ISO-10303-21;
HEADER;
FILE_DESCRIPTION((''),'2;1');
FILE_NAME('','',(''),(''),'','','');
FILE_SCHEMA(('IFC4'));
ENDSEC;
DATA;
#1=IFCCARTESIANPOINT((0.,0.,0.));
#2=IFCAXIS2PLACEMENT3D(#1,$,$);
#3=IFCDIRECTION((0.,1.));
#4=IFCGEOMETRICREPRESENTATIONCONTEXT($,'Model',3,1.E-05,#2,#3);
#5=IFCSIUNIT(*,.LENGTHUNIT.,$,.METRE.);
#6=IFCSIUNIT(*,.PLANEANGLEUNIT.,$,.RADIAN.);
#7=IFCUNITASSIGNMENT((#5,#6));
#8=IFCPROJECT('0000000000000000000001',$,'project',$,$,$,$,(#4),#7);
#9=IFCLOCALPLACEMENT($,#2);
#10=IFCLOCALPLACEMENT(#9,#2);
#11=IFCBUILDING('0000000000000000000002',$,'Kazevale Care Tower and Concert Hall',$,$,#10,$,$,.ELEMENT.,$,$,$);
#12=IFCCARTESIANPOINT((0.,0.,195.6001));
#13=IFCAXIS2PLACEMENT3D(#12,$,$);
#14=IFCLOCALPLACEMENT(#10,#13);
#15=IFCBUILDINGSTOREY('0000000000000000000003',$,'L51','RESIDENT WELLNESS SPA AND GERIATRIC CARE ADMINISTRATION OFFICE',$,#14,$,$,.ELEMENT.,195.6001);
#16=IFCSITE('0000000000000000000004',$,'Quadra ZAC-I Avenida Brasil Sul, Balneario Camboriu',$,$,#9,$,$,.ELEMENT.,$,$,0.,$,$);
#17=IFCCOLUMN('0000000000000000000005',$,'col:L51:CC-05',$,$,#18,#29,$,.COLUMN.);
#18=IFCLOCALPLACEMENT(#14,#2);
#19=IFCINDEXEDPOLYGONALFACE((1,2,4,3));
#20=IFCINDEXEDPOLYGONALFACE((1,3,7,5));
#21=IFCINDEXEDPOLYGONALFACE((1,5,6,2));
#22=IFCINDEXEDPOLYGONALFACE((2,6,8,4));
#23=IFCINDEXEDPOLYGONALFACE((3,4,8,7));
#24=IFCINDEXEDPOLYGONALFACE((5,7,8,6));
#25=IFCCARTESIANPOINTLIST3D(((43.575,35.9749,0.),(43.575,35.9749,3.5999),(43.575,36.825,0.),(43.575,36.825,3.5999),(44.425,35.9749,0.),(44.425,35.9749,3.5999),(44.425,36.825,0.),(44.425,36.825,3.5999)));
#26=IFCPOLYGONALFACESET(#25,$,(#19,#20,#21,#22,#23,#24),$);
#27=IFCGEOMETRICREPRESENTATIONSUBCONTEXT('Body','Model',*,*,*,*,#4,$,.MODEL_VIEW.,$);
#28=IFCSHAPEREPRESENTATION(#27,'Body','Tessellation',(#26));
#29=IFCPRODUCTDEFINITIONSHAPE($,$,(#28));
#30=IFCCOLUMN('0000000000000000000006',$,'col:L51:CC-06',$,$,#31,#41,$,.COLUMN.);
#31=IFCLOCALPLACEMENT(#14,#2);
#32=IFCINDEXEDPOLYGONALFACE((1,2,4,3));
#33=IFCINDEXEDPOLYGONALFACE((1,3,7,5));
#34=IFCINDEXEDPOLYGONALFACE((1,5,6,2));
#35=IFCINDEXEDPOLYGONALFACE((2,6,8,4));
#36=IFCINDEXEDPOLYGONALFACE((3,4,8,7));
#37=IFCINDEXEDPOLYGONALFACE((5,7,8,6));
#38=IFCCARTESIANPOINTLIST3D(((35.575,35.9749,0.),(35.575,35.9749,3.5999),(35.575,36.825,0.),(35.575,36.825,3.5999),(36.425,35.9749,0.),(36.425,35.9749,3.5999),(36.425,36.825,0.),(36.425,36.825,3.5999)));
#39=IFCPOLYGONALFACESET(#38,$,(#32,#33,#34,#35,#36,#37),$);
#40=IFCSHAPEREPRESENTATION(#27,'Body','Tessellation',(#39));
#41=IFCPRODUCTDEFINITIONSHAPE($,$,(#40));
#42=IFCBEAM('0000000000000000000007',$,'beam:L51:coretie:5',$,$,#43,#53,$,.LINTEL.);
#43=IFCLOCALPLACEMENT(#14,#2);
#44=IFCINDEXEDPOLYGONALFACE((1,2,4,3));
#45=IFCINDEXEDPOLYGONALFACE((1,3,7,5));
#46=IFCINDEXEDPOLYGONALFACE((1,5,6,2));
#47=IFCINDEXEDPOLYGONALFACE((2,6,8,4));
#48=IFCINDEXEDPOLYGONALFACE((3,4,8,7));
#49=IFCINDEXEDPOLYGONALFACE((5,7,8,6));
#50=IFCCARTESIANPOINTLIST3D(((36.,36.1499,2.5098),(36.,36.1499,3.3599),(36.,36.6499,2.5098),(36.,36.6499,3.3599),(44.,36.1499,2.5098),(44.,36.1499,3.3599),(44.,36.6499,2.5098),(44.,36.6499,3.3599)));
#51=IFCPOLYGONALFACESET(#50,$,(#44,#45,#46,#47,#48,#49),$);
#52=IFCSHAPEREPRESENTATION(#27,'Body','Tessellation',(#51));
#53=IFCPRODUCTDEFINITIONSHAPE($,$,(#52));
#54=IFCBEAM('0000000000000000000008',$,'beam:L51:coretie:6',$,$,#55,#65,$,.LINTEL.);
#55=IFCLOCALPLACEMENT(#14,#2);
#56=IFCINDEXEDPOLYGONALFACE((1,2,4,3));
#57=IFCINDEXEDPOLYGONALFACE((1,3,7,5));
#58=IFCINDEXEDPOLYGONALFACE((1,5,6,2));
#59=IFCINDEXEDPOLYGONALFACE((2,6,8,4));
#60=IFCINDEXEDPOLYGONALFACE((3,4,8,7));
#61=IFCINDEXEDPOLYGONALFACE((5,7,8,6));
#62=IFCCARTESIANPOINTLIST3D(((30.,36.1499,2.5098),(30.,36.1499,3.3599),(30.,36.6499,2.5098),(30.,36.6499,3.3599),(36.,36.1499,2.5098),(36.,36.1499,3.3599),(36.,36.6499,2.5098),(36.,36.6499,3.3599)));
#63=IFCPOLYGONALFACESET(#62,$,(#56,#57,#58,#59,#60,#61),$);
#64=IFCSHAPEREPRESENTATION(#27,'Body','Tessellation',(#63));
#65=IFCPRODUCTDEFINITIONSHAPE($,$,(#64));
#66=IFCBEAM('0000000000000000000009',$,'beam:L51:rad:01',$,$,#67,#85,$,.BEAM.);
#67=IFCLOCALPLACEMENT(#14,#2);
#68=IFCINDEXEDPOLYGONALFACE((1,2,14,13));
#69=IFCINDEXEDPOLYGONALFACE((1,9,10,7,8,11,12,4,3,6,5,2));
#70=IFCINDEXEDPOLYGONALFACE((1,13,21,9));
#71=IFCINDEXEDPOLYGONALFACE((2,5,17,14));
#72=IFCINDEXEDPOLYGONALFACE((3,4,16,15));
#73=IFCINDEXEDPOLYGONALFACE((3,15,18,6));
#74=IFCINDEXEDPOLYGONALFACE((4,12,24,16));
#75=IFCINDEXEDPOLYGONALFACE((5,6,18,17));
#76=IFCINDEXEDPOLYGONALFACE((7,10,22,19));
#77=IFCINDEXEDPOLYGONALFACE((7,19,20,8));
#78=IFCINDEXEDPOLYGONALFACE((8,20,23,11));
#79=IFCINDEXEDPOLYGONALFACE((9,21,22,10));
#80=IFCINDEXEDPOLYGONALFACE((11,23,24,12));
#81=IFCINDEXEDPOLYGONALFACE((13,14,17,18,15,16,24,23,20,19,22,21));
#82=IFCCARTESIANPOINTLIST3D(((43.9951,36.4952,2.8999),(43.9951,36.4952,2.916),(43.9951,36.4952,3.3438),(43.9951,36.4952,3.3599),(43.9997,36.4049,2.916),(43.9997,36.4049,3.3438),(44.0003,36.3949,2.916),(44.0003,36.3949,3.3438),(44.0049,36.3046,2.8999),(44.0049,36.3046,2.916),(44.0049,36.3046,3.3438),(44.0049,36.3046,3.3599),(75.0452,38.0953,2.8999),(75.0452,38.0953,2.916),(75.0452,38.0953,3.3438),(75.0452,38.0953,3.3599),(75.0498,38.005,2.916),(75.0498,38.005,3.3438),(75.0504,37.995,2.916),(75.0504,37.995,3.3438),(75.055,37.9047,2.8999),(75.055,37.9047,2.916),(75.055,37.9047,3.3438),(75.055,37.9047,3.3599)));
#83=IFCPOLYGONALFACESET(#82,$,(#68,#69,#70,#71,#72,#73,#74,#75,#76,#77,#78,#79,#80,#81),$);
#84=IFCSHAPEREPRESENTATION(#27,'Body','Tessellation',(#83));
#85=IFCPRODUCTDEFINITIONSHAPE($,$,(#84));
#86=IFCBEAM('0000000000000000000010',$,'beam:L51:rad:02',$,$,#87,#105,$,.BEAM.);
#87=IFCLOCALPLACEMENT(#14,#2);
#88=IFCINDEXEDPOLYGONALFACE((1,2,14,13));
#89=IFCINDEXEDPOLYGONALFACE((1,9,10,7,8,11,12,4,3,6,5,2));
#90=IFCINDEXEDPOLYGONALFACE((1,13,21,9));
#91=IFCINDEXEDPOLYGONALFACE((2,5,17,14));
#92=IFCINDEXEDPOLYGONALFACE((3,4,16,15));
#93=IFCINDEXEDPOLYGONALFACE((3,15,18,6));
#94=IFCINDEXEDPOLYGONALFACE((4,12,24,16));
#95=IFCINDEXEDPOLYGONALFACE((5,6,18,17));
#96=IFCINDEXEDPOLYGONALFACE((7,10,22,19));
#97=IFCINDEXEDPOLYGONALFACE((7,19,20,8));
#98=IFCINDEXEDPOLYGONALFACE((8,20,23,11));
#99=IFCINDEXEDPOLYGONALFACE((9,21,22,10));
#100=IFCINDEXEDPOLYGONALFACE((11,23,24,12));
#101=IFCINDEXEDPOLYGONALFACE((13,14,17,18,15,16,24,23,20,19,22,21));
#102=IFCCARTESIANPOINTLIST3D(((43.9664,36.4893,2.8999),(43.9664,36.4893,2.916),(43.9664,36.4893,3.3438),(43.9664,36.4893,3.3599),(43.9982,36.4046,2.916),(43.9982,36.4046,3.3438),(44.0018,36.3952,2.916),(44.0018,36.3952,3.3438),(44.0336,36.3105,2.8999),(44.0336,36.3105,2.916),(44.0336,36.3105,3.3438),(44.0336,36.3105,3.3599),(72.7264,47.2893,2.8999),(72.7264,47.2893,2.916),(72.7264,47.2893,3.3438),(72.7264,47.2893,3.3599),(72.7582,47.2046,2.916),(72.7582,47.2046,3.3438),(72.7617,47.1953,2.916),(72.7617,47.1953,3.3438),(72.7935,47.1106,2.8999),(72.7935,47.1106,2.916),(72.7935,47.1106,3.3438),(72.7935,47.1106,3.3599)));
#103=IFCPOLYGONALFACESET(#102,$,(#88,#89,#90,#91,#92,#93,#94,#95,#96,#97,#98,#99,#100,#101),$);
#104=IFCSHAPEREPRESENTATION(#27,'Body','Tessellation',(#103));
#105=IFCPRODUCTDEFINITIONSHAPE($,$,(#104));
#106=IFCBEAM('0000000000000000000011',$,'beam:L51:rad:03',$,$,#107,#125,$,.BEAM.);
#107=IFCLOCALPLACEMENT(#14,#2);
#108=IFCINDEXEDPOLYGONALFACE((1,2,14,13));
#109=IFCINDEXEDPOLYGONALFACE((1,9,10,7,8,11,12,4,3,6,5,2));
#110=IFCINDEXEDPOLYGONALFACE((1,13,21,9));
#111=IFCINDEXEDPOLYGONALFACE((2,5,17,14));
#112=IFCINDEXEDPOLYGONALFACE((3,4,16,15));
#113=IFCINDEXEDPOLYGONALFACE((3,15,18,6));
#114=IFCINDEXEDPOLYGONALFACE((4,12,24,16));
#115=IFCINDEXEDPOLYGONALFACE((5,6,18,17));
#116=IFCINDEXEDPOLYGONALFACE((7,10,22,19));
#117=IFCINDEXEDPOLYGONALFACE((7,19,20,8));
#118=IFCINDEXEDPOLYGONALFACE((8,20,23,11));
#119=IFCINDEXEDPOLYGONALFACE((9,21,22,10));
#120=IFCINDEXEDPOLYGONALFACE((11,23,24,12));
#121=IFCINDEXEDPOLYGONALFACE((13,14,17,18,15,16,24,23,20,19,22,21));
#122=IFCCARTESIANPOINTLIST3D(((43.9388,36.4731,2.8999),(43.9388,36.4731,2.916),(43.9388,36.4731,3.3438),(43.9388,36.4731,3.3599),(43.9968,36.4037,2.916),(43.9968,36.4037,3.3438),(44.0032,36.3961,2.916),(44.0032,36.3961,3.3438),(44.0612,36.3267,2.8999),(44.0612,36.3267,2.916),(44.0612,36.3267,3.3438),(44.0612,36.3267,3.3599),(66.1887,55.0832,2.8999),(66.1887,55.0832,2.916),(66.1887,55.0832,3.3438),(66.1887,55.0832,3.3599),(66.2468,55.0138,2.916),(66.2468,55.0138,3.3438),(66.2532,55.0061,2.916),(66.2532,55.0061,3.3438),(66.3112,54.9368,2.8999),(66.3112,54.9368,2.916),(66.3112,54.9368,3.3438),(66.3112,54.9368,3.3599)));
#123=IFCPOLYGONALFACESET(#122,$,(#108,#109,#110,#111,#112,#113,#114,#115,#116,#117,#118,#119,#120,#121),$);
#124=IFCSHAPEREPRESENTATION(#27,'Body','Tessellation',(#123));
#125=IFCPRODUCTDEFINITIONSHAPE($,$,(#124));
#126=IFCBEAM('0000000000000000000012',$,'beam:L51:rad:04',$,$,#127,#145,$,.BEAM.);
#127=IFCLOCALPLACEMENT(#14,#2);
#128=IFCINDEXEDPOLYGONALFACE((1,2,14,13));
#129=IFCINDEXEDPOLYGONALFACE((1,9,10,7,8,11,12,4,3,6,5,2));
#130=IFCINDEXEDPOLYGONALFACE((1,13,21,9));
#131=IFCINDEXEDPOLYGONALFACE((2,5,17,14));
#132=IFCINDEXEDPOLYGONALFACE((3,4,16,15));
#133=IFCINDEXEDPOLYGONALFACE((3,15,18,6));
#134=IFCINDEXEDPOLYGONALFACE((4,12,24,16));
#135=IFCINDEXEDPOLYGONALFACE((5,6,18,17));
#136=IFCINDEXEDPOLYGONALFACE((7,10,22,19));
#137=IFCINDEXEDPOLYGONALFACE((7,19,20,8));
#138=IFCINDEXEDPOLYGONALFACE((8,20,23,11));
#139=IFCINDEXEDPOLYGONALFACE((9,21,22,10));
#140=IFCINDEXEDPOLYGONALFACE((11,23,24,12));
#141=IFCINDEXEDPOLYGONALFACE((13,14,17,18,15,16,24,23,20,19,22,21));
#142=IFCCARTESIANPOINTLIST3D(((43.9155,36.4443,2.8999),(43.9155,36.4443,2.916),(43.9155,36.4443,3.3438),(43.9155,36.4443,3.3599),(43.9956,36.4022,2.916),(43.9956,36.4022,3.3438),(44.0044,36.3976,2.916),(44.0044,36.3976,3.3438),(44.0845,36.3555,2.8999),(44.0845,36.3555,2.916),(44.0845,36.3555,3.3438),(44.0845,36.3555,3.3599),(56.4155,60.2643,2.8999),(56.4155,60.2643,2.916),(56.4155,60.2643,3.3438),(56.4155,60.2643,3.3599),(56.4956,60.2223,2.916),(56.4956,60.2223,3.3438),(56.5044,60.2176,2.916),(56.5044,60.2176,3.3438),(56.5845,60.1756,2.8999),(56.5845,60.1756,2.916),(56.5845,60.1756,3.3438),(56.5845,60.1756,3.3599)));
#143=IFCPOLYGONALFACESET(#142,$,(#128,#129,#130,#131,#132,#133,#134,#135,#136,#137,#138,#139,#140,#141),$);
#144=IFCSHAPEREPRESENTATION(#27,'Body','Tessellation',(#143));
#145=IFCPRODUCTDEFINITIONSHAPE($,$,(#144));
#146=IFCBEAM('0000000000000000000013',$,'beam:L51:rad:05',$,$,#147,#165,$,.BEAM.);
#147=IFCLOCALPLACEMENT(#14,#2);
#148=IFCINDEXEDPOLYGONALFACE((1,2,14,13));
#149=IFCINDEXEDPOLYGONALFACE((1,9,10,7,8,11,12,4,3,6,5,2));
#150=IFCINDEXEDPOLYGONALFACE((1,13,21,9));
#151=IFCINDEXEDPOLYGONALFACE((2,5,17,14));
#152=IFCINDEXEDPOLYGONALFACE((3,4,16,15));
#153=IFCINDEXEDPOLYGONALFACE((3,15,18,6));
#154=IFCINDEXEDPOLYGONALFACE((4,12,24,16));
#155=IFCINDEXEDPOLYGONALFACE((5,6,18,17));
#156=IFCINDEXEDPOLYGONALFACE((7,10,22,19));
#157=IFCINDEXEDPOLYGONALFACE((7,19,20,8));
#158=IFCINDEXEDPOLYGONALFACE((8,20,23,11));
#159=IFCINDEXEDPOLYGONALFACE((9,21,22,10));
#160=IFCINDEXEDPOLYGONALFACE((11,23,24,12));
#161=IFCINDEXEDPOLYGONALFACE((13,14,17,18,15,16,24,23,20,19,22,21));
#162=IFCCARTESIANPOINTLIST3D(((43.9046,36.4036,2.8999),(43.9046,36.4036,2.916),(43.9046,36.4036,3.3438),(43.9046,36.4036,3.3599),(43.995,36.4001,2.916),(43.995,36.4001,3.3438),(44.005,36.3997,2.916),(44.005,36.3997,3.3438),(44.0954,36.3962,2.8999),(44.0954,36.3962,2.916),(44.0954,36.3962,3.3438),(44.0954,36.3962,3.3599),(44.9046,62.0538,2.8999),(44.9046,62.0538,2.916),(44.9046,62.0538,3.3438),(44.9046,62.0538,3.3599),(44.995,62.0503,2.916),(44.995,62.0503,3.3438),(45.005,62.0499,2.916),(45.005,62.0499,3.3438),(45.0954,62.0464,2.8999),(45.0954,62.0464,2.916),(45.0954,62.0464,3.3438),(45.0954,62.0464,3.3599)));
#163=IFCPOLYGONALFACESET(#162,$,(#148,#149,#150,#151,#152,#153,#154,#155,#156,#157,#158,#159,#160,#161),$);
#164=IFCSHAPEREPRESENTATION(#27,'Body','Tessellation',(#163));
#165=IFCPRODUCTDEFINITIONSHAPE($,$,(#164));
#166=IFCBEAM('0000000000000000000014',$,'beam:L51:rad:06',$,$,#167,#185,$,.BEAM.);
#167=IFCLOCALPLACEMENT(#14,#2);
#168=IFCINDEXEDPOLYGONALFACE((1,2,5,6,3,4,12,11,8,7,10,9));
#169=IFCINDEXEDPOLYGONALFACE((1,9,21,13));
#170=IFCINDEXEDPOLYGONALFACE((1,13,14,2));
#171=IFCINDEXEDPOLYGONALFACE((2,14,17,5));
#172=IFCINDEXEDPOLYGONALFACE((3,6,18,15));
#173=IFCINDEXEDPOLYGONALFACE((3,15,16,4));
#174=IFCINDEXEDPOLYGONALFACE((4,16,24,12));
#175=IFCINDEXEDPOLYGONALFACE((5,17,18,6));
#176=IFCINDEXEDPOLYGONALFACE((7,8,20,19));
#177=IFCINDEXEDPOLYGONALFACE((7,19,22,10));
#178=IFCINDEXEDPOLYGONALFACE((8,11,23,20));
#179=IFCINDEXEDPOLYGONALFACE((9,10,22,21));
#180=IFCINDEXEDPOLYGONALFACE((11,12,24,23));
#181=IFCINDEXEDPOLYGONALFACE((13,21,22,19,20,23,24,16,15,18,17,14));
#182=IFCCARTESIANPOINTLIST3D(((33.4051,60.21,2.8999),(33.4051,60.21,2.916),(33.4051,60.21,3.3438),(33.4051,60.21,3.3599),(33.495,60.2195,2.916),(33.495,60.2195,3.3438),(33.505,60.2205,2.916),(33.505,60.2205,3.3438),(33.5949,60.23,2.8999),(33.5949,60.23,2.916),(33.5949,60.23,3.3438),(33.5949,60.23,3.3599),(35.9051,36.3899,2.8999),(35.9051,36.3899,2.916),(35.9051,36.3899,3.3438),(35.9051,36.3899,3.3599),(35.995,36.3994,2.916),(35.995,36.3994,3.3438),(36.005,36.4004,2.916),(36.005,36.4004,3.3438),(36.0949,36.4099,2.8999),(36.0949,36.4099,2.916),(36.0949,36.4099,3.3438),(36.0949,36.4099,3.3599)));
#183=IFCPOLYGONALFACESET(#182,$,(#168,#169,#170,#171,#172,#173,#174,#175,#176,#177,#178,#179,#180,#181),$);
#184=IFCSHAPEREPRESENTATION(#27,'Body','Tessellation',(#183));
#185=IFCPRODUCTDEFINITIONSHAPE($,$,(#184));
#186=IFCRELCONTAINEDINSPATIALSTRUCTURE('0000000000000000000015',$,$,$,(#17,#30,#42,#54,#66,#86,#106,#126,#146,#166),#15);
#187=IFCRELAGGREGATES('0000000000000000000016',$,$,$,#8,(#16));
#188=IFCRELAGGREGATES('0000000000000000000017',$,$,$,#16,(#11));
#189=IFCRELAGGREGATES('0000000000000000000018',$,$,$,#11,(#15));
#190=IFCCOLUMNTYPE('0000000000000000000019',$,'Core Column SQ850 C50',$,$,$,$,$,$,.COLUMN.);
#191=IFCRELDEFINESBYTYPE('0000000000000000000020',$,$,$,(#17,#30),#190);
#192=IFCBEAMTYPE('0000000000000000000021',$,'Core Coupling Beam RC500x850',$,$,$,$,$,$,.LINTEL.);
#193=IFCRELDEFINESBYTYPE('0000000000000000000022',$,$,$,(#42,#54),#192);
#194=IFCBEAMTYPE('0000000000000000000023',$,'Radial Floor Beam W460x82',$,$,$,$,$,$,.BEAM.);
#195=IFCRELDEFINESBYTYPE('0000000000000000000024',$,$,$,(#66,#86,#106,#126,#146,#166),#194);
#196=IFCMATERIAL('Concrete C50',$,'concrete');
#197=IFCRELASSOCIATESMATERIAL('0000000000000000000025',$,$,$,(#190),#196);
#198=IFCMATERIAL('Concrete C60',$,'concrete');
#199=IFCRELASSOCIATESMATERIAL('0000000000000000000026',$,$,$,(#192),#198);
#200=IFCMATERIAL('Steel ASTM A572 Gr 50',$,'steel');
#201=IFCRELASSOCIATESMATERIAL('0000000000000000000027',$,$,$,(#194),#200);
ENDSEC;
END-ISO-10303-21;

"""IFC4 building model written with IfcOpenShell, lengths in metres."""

from ifc_helpers import new_model, si_unit, direction, frame, origin, origin_2d, place, context, subcontext, project, spatial, rectangle, i_section, extrude, material, material_profile, profile_set, type_object, element, save


model = new_model("IFC4")

# Units and contexts
model_context = context("Model", 3, precision=1e-05, world=origin(), true_north=direction((0.0, 1.0)))
body_context = subcontext(model_context, "Body", "Model", "MODEL_VIEW")
ifc_project = project(units=[si_unit("LENGTHUNIT", "METRE"), si_unit("PLANEANGLEUNIT", "RADIAN")], contexts=[model_context])

# Site, building, storey
site_placement = place(None, origin())
site = spatial("IfcSite", under=ifc_project, at=site_placement, Name="Quadra ZAC-I Avenida Brasil Sul, Balneario Camboriu", CompositionType="ELEMENT", RefElevation=0.0)
building_placement = place(site_placement, origin())
building = spatial("IfcBuilding", under=site, at=building_placement, Name="Kazevale Care Tower and Concert Hall", CompositionType="ELEMENT")
storey_placement = place(building_placement, frame((0.0, 0.0, 195.6001)))
storey = spatial("IfcBuildingStorey", under=building, at=storey_placement, Name="L51", Description="RESIDENT WELLNESS SPA AND GERIATRIC CARE ADMINISTRATION OFFICE", CompositionType="ELEMENT", Elevation=195.6001)

# Columns
ifc_material_1 = material(Name="Concrete C50", Category="concrete")
ifc_material_profile_1 = material_profile(ifc_material_1, rectangle(XDim=0.8501, YDim=0.8501, at=origin_2d()), Name="RC-SQ850")
ifc_profile_set_1 = profile_set([ifc_material_profile_1], Name="Concrete C50")
column_type = type_object("IfcColumnType", Name="Core Column SQ850 C50", PredefinedType="COLUMN", material=ifc_profile_set_1)
for number, where, z_axis, x_axis, name in (
    (1, (44.0, 36.3999, 0.0), (0.0, 0.0, 1.0), (1.0, 0.0, 0.0), "col:L51:CC-05"),
    (2, (36.0, 36.3999, 0.0), (0.0, 0.0, 1.0), (1.0, 0.0, 0.0), "col:L51:CC-06"),
):
    element("IfcColumn", number, at=place(storey_placement, frame(where, z_axis=z_axis, x_axis=x_axis)), inside=storey, type_object=column_type, Name=name, PredefinedType="COLUMN", context=body_context, shape_type="SweptSolid", body=[
        extrude(rectangle(XDim=0.8501, YDim=0.8501, at=origin_2d()), origin(), (0.0, 0.0, 1.0), 3.5999),
    ])

# Beams
ifc_material_2 = material(Name="Concrete C60", Category="concrete")
ifc_material_profile_2 = material_profile(ifc_material_2, rectangle(XDim=0.5, YDim=0.8501, at=origin_2d()), Name="RC-B500x850")
ifc_profile_set_2 = profile_set([ifc_material_profile_2], Name="Concrete C60")
beam_type_1 = type_object("IfcBeamType", Name="Core Coupling Beam RC500x850", PredefinedType="LINTEL", material=ifc_profile_set_2)
beam_1_placement = place(storey_placement, frame((44.0, 36.3999, 2.9348), z_axis=(-1.0, 0.0, 0.0), x_axis=(0.0, -1.0, 0.0)))
element("IfcBeam", 3, at=beam_1_placement, inside=storey, type_object=beam_type_1, Name="beam:L51:coretie:5", PredefinedType="LINTEL", context=body_context, shape_type="SweptSolid", body=[
    extrude(rectangle(XDim=0.5, YDim=0.8501, at=origin_2d()), origin(), (0.0, 0.0, 1.0), 8.0),
])
beam_2_placement = place(storey_placement, frame((36.0, 36.3999, 2.9348), z_axis=(-1.0, 0.0, 0.0), x_axis=(0.0, -1.0, 0.0)))
element("IfcBeam", 4, at=beam_2_placement, inside=storey, type_object=beam_type_1, Name="beam:L51:coretie:6", PredefinedType="LINTEL", context=body_context, shape_type="SweptSolid", body=[
    extrude(rectangle(XDim=0.5, YDim=0.8501, at=origin_2d()), origin(), (0.0, 0.0, 1.0), 6.0),
])
ifc_material_3 = material(Name="Steel ASTM A572 Gr 50", Category="steel")
ifc_material_profile_3 = material_profile(ifc_material_3, i_section(OverallWidth=0.1909, OverallDepth=0.46, WebThickness=0.01, FlangeThickness=0.0161, at=origin_2d()), Name="W460x82")
ifc_profile_set_3 = profile_set([ifc_material_profile_3], Name="Steel ASTM A572 Gr 50")
beam_type_2 = type_object("IfcBeamType", Name="Radial Floor Beam W460x82", PredefinedType="BEAM", material=ifc_profile_set_3)
beam_3_placement = place(storey_placement, frame((44.0, 36.3999, 3.1299), z_axis=(0.998675, 0.051465, 0.0), x_axis=(-0.051465, 0.998675, 0.0)))
element("IfcBeam", 5, at=beam_3_placement, inside=storey, type_object=beam_type_2, Name="beam:L51:rad:01", PredefinedType="BEAM", context=body_context, shape_type="SweptSolid", body=[
    extrude(i_section(OverallWidth=0.1909, OverallDepth=0.46, WebThickness=0.01, FlangeThickness=0.0161, at=origin_2d()), origin(), (0.0, 0.0, 1.0), 31.0913),
])
beam_4_placement = place(storey_placement, frame((44.0, 36.3999, 3.1299), z_axis=(0.936168, 0.351553, 0.0), x_axis=(-0.351553, 0.936168, 0.0)))
element("IfcBeam", 6, at=beam_4_placement, inside=storey, type_object=beam_type_2, Name="beam:L51:rad:02", PredefinedType="BEAM", context=body_context, shape_type="SweptSolid", body=[
    extrude(i_section(OverallWidth=0.1909, OverallDepth=0.46, WebThickness=0.01, FlangeThickness=0.0161, at=origin_2d()), origin(), (0.0, 0.0, 1.0), 30.7209),
])
beam_5_placement = place(storey_placement, frame((44.0, 36.3999, 3.1299), z_axis=(0.76706, 0.641576, 0.0), x_axis=(-0.641576, 0.76706, 0.0)))
element("IfcBeam", 7, at=beam_5_placement, inside=storey, type_object=beam_type_2, Name="beam:L51:rad:03", PredefinedType="BEAM", context=body_context, shape_type="SweptSolid", body=[
    extrude(i_section(OverallWidth=0.1909, OverallDepth=0.46, WebThickness=0.01, FlangeThickness=0.0161, at=origin_2d()), origin(), (0.0, 0.0, 1.0), 29.0068),
])
beam_6_placement = place(storey_placement, frame((44.0, 36.3999, 3.1299), z_axis=(0.464673, 0.885483, 0.0), x_axis=(-0.885483, 0.464673, 0.0)))
element("IfcBeam", 8, at=beam_6_placement, inside=storey, type_object=beam_type_2, Name="beam:L51:rad:04", PredefinedType="BEAM", context=body_context, shape_type="SweptSolid", body=[
    extrude(i_section(OverallWidth=0.1909, OverallDepth=0.46, WebThickness=0.01, FlangeThickness=0.0161, at=origin_2d()), origin(), (0.0, 0.0, 1.0), 26.9006),
])
beam_7_placement = place(storey_placement, frame((44.0, 36.3999, 3.1299), z_axis=(0.038957, 0.999241, 0.0), x_axis=(-0.999241, 0.038957, 0.0)))
element("IfcBeam", 9, at=beam_7_placement, inside=storey, type_object=beam_type_2, Name="beam:L51:rad:05", PredefinedType="BEAM", context=body_context, shape_type="SweptSolid", body=[
    extrude(i_section(OverallWidth=0.1909, OverallDepth=0.46, WebThickness=0.01, FlangeThickness=0.0161, at=origin_2d()), origin(), (0.0, 0.0, 1.0), 25.6697),
])
beam_8_placement = place(storey_placement, frame((36.0, 36.3999, 3.1299), z_axis=(-0.10438, 0.994537, 0.0), x_axis=(-0.994537, -0.10438, 0.0)))
element("IfcBeam", 10, at=beam_8_placement, inside=storey, type_object=beam_type_2, Name="beam:L51:rad:06", PredefinedType="BEAM", context=body_context, shape_type="SweptSolid", body=[
    extrude(i_section(OverallWidth=0.1909, OverallDepth=0.46, WebThickness=0.01, FlangeThickness=0.0161, at=origin_2d()), origin(), (0.0, 0.0, 1.0), 23.9509),
])

save(model, "model.ifc")
